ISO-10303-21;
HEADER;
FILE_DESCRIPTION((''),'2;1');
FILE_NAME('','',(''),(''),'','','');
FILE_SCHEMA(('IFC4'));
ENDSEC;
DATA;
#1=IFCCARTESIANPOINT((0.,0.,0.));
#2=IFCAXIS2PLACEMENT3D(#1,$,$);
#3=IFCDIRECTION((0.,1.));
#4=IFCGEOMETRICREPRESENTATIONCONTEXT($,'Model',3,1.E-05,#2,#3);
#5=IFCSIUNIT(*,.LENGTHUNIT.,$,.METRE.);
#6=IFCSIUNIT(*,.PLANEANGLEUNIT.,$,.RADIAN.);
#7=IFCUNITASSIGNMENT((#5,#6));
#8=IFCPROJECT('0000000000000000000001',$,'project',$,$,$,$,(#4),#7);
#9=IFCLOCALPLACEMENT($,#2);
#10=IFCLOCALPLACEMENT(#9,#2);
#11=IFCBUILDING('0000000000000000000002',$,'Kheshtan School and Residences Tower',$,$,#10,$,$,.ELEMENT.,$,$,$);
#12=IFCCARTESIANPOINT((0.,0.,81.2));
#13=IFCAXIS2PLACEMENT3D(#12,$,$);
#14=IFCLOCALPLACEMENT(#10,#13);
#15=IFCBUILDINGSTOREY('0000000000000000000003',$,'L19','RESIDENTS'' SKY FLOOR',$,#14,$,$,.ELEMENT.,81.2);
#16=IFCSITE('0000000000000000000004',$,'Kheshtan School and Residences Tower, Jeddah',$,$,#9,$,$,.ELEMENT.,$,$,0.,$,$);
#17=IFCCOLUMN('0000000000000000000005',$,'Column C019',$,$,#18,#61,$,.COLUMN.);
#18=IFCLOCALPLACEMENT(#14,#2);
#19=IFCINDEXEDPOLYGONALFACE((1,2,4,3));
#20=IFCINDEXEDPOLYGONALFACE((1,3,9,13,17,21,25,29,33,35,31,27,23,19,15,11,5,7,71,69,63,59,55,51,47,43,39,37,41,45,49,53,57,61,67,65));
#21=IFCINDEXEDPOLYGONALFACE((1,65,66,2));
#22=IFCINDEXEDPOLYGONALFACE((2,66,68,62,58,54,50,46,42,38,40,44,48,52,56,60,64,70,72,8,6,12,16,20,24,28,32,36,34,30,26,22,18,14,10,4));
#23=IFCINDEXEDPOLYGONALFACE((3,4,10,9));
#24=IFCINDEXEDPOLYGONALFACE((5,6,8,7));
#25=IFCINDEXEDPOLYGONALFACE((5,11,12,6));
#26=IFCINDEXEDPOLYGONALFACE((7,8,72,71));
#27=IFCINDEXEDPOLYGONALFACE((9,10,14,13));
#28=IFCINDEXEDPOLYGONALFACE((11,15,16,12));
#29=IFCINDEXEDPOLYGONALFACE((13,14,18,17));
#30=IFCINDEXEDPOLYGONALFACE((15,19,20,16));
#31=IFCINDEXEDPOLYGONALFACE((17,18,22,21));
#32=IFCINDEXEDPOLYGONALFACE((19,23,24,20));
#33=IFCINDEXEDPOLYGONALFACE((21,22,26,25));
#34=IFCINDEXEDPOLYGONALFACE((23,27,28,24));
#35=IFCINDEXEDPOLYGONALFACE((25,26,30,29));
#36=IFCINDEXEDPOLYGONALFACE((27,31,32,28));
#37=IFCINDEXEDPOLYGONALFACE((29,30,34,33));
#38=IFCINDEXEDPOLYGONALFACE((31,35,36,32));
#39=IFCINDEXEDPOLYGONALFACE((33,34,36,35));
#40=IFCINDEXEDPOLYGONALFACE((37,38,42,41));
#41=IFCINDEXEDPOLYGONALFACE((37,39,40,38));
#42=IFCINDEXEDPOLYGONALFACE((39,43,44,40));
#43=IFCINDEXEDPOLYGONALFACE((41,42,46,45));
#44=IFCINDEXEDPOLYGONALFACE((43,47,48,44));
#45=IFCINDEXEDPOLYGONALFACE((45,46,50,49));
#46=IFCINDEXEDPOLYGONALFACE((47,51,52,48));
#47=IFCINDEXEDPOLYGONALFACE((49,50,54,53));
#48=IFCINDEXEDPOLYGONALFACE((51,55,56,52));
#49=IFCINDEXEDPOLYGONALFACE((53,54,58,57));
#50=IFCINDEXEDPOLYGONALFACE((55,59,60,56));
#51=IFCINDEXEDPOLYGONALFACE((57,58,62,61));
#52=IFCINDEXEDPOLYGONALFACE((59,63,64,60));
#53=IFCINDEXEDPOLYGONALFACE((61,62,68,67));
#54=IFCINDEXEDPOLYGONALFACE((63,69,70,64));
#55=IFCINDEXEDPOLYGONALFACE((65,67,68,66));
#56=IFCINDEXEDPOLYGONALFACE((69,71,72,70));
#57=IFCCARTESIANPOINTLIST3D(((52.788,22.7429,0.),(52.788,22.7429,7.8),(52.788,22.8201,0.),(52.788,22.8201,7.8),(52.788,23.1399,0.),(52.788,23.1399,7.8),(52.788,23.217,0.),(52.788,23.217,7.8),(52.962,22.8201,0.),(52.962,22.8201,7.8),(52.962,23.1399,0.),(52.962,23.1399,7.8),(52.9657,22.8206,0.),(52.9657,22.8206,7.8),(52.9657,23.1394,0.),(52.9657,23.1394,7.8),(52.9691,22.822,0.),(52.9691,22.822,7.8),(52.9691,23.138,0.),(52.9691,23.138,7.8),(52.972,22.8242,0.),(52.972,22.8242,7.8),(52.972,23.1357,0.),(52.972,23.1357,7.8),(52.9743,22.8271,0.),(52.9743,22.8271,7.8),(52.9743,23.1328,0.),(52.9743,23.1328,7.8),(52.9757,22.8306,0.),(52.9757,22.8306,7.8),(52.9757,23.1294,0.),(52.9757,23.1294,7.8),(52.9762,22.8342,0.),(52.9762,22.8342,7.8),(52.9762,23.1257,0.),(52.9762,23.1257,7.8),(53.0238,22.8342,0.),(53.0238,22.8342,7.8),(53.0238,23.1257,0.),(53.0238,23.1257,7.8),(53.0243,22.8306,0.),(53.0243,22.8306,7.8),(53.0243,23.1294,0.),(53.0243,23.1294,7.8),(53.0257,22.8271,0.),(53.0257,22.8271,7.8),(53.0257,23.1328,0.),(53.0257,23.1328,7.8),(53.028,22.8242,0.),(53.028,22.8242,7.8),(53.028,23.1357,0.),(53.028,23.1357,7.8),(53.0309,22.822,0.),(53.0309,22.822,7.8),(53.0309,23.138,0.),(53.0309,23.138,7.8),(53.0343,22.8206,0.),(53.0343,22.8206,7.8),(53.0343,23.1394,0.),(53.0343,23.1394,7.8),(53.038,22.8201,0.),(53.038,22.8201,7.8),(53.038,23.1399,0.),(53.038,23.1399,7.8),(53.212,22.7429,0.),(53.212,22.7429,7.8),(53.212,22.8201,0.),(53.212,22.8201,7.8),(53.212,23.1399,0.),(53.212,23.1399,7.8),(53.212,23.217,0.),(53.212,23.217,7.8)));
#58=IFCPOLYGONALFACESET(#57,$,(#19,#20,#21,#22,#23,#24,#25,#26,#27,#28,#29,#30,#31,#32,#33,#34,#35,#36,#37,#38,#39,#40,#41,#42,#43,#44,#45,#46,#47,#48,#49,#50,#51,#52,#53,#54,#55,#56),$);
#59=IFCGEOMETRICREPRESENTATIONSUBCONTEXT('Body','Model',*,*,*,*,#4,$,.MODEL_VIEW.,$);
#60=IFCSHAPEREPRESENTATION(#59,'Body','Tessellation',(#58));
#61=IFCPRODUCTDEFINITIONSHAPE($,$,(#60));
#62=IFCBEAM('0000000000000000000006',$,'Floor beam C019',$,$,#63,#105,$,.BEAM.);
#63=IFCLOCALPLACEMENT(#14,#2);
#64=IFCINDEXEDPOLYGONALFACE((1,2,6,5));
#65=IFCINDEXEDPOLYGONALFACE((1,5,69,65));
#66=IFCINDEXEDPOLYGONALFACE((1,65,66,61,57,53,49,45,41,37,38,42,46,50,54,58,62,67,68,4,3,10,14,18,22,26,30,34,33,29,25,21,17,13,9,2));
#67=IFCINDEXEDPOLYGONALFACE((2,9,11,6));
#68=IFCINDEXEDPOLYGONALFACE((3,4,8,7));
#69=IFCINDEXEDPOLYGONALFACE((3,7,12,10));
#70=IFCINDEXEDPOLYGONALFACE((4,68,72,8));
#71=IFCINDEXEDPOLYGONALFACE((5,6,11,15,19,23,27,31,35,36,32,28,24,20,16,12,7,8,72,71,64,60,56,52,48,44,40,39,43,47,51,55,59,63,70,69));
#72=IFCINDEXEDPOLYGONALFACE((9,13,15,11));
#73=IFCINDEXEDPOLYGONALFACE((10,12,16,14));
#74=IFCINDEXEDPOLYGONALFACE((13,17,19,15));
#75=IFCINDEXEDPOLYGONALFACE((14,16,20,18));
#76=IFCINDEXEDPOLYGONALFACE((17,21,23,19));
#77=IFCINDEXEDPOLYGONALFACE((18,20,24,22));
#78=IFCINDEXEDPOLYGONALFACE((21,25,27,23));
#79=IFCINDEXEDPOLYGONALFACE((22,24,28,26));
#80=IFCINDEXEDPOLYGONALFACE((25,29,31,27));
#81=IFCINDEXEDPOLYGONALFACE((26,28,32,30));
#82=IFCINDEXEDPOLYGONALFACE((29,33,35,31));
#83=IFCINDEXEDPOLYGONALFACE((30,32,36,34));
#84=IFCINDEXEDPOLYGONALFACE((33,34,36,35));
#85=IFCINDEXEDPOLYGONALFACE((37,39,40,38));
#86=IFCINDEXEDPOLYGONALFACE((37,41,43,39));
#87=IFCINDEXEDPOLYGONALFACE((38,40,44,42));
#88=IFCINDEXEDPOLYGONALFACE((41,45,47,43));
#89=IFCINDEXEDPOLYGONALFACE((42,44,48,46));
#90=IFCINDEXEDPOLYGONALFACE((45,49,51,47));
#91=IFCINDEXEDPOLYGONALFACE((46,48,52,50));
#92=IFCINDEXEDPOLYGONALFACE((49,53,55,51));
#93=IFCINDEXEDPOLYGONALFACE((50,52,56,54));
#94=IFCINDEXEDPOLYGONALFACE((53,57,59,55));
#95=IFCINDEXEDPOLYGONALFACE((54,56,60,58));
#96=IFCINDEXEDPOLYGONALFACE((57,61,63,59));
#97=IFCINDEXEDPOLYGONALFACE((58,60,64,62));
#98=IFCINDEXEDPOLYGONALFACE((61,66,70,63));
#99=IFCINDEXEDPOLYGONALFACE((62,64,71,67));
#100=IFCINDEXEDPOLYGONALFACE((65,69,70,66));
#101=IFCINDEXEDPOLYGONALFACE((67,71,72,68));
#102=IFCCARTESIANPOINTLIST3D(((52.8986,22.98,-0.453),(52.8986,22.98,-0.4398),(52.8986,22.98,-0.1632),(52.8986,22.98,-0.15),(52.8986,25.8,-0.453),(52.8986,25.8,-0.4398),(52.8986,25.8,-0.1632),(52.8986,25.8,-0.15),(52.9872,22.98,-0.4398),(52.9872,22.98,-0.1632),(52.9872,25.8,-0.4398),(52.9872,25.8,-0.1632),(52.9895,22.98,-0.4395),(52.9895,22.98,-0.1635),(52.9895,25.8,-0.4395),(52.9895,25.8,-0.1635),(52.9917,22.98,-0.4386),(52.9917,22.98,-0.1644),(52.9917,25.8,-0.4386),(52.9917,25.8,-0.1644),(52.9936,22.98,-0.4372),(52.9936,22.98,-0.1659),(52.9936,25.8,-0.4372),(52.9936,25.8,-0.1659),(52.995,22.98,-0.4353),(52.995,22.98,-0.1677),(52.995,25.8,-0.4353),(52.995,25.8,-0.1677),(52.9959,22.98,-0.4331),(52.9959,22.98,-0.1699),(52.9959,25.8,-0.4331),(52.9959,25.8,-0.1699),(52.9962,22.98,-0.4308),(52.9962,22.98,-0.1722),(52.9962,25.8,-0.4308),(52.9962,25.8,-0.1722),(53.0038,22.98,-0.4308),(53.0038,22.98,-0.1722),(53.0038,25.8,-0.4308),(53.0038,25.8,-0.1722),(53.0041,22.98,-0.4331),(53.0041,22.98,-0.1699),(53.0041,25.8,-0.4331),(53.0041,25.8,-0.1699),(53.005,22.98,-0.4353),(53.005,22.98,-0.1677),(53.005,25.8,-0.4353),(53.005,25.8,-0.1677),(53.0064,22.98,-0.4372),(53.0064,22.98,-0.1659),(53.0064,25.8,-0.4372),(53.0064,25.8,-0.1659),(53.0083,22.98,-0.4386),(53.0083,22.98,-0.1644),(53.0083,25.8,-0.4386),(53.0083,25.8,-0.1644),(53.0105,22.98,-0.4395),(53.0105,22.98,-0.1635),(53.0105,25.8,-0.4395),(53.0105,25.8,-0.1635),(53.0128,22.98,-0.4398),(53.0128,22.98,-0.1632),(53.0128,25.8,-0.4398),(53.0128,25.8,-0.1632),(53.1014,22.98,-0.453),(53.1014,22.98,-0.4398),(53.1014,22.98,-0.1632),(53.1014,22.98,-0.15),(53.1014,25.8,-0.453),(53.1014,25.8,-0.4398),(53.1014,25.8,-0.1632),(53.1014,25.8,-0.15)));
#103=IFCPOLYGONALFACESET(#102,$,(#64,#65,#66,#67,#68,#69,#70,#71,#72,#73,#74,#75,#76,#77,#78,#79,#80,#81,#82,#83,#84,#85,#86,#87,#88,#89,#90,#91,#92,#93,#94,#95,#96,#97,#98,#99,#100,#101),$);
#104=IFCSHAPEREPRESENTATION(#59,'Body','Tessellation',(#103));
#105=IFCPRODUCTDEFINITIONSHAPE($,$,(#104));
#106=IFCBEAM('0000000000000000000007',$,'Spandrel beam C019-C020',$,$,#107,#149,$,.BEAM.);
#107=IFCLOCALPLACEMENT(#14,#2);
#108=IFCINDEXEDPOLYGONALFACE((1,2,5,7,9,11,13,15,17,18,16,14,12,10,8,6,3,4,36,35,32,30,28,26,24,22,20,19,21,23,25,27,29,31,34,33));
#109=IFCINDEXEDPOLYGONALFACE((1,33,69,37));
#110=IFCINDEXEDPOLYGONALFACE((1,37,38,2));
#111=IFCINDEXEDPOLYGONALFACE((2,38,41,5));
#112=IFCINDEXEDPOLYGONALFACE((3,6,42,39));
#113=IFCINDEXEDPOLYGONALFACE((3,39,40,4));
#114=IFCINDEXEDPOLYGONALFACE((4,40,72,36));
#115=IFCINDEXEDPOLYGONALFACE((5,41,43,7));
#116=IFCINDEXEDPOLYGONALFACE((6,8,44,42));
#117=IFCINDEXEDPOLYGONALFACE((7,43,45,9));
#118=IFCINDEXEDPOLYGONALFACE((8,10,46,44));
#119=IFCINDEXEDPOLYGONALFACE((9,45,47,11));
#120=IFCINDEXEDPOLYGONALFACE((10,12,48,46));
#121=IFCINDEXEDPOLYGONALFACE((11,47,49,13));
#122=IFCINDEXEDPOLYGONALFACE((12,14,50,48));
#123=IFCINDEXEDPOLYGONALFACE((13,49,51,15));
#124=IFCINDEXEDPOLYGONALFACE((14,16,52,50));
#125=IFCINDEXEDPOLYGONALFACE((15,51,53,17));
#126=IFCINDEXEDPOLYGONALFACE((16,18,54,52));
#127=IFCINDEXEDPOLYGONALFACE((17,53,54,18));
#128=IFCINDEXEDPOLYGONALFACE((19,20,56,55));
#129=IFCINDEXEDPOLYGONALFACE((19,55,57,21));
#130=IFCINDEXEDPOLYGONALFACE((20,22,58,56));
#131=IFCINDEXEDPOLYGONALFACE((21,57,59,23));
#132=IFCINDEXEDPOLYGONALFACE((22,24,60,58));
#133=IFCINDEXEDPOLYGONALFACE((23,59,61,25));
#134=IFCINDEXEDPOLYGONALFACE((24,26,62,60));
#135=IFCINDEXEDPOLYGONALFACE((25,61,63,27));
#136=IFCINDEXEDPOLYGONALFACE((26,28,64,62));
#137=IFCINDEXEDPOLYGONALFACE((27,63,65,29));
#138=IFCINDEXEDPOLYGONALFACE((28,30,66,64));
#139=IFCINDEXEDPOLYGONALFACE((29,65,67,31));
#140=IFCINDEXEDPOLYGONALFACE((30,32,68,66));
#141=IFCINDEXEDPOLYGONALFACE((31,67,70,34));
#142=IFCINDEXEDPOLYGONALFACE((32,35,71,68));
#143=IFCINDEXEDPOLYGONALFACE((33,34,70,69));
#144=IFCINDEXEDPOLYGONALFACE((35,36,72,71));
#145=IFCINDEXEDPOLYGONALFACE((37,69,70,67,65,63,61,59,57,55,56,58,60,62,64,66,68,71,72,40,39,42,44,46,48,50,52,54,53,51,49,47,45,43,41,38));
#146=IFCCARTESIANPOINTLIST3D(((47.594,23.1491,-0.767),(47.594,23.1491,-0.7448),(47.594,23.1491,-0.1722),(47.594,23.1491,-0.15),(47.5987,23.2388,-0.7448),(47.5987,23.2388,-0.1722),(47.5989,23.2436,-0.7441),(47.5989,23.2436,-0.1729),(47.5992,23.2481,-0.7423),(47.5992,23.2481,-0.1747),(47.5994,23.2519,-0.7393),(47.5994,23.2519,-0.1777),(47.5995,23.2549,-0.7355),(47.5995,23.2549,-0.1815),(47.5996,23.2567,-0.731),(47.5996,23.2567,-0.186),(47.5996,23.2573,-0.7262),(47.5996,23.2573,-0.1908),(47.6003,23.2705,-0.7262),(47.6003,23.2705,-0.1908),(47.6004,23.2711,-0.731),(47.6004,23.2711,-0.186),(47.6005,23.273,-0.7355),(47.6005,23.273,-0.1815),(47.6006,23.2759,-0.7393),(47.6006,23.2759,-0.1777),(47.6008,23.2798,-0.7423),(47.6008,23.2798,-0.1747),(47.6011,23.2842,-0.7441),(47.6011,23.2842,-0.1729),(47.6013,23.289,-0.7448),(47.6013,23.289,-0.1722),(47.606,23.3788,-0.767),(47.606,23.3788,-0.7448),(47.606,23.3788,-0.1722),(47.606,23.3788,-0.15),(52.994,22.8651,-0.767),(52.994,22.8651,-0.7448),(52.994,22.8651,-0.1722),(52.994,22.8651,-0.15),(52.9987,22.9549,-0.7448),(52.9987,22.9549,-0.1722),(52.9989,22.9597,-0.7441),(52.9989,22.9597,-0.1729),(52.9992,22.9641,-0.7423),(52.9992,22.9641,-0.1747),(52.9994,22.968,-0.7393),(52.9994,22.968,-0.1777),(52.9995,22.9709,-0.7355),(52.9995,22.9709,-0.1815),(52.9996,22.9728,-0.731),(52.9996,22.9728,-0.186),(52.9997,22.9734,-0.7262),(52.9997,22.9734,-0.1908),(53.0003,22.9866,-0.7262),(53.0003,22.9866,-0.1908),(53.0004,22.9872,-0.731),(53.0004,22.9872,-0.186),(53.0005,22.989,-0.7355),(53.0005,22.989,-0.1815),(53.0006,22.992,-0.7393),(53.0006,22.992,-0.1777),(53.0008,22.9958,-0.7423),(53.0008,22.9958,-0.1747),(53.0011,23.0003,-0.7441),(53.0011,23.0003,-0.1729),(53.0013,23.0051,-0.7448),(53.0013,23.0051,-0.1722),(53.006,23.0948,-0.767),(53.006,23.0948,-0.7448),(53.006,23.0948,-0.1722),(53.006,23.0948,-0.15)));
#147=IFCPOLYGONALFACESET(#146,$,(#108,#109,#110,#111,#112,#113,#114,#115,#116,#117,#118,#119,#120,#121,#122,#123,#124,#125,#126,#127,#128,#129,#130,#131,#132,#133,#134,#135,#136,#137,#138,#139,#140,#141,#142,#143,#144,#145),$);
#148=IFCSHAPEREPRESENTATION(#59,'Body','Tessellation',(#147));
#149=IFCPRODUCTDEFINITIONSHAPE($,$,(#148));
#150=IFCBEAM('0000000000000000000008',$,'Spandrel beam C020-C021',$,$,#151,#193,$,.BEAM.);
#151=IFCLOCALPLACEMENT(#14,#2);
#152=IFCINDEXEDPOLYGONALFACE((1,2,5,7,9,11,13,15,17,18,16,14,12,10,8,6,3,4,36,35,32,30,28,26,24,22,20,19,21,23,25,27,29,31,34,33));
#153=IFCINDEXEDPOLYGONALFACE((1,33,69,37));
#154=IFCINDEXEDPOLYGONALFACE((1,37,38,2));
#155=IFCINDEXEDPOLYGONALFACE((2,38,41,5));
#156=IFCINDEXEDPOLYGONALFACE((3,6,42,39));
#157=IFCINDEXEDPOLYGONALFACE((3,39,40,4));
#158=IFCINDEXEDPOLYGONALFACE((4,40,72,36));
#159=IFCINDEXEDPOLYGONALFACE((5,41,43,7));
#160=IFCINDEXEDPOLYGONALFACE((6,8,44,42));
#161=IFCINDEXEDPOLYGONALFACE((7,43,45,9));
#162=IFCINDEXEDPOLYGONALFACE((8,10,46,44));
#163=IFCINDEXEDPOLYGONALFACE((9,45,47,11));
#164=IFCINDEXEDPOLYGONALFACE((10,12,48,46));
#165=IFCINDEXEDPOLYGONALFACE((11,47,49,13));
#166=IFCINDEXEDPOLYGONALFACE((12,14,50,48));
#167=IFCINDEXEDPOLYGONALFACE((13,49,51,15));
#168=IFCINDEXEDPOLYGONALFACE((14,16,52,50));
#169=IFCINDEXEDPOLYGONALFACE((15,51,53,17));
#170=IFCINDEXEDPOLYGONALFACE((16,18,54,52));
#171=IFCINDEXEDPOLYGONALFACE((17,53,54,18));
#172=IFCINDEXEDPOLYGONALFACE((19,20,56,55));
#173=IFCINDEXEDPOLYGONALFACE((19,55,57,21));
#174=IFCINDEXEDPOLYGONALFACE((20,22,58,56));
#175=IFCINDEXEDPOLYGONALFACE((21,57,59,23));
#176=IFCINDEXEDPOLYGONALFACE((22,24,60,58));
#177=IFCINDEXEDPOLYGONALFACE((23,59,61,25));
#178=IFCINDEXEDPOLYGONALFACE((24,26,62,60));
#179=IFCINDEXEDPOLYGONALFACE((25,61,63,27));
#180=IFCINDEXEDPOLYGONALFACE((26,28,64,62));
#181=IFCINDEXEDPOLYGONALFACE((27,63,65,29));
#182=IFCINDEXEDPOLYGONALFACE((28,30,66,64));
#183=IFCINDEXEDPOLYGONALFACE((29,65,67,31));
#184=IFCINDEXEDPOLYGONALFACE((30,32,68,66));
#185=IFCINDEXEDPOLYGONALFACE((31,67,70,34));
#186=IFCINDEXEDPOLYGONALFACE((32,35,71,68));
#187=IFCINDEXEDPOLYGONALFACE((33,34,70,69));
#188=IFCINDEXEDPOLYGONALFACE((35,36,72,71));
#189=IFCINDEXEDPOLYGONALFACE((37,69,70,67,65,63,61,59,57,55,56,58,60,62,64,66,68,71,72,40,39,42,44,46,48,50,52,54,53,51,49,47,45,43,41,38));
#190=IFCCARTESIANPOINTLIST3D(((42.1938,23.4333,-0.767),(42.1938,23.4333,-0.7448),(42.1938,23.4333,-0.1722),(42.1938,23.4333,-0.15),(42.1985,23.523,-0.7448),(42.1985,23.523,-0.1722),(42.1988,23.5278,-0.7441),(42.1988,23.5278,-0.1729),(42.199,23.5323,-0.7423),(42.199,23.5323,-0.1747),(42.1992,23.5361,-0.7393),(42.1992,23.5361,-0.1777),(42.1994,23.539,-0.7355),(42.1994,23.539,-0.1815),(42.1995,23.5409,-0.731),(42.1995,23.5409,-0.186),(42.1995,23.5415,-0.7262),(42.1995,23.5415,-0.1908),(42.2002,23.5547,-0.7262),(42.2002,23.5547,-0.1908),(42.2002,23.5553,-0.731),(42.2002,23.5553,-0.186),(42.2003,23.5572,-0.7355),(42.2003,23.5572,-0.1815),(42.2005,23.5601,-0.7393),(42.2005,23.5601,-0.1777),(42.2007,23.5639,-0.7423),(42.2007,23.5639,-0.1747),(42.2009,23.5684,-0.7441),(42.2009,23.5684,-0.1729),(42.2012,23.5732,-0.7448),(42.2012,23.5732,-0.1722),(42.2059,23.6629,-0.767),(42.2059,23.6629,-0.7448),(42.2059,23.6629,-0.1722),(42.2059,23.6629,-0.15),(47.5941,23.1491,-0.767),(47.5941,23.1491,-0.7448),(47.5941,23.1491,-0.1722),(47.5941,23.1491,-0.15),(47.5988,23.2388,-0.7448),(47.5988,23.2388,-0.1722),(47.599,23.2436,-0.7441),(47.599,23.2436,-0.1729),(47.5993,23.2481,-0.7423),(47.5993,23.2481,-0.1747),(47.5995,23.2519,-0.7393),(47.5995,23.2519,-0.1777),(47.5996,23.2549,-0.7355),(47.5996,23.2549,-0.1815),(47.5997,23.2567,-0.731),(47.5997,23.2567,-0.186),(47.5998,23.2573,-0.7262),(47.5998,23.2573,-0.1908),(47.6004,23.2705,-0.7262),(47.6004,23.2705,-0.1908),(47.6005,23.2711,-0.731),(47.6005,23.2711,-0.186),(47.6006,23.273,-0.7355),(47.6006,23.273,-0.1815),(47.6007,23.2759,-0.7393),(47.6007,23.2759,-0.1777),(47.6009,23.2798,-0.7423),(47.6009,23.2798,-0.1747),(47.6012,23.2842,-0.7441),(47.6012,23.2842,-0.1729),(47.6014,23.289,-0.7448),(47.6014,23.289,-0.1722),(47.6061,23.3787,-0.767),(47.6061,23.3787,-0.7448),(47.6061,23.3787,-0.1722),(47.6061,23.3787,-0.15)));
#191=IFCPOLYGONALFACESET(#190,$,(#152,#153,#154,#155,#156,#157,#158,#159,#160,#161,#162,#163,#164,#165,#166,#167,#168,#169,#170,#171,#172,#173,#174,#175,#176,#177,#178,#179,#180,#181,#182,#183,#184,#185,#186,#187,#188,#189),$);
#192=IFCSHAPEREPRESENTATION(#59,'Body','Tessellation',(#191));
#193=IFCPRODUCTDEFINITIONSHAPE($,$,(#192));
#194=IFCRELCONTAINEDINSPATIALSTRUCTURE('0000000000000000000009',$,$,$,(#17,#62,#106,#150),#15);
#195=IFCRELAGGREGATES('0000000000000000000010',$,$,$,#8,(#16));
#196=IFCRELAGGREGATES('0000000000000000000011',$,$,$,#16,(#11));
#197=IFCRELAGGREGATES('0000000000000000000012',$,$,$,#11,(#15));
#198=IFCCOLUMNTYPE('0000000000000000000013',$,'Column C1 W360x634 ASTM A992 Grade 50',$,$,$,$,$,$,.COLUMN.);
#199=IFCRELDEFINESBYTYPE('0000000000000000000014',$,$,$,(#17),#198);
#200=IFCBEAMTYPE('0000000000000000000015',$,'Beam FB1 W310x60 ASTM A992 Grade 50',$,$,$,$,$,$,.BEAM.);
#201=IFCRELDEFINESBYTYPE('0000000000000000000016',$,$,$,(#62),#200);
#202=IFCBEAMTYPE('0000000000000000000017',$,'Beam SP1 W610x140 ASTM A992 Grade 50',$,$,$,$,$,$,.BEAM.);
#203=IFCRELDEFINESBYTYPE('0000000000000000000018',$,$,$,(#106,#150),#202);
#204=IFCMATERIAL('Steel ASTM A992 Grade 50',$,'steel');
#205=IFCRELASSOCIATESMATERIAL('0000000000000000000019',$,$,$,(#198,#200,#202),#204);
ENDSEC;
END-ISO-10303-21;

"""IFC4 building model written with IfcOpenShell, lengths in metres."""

from ifc_helpers import new_model, si_unit, direction, frame, origin, origin_2d, place, context, subcontext, project, spatial, i_section, extrude, material, material_profile, profile_set, type_object, element, save


model = new_model("IFC4")

# Units and contexts
model_context = context("Model", 3, precision=1e-05, world=origin(), true_north=direction((0.0, 1.0)))
body_context = subcontext(model_context, "Body", "Model", "MODEL_VIEW")
ifc_project = project(units=[si_unit("LENGTHUNIT", "METRE"), si_unit("PLANEANGLEUNIT", "RADIAN")], contexts=[model_context])

# Site, building, storey
site_placement = place(None, origin())
site = spatial("IfcSite", under=ifc_project, at=site_placement, Name="Kheshtan School and Residences Tower, Jeddah", CompositionType="ELEMENT", RefElevation=0.0)
building_placement = place(site_placement, origin())
building = spatial("IfcBuilding", under=site, at=building_placement, Name="Kheshtan School and Residences Tower", CompositionType="ELEMENT")
storey_placement = place(building_placement, frame((0.0, 0.0, 81.2)))
storey = spatial("IfcBuildingStorey", under=building, at=storey_placement, Name="L19", Description="RESIDENTS' SKY FLOOR", CompositionType="ELEMENT", Elevation=81.2)

# Column
ifc_material_1 = material(Name="Steel ASTM A992 Grade 50", Category="steel")
ifc_material_profile_1 = material_profile(ifc_material_1, i_section(OverallWidth=0.4241, OverallDepth=0.4741, WebThickness=0.0476, FlangeThickness=0.0771, FilletRadius=0.0142, at=origin_2d()), Name="W360x634")
ifc_profile_set_1 = profile_set([ifc_material_profile_1], Name="Steel ASTM A992 Grade 50")
column_type = type_object("IfcColumnType", Name="Column C1 W360x634 ASTM A992 Grade 50", PredefinedType="COLUMN", material=ifc_profile_set_1)
column_placement = place(storey_placement, frame((53.0, 22.98, 0.0), z_axis=(0.0, 0.0, 1.0), x_axis=(1.0, 0.0, 0.0)))
element("IfcColumn", 1, at=column_placement, inside=storey, type_object=column_type, Name="Column C019", PredefinedType="COLUMN", context=body_context, shape_type="SweptSolid", body=[
    extrude(i_section(OverallWidth=0.4241, OverallDepth=0.4741, WebThickness=0.0476, FlangeThickness=0.0771, FilletRadius=0.0142, at=origin_2d()), origin(), (0.0, 0.0, 1.0), 7.8),
])

# Beams
ifc_material_profile_2 = material_profile(ifc_material_1, i_section(OverallWidth=0.2029, OverallDepth=0.303, WebThickness=0.0076, FlangeThickness=0.0132, FilletRadius=0.009, at=origin_2d()), Name="W310x60")
ifc_profile_set_2 = profile_set([ifc_material_profile_2], Name="Steel ASTM A992 Grade 50")
beam_type_1 = type_object("IfcBeamType", Name="Beam FB1 W310x60 ASTM A992 Grade 50", PredefinedType="BEAM", material=ifc_profile_set_2)
beam_1_placement = place(storey_placement, frame((53.0, 22.98, -0.3015), z_axis=(0.0, 1.0, 0.0), x_axis=(-1.0, 0.0, 0.0)))
element("IfcBeam", 2, at=beam_1_placement, inside=storey, type_object=beam_type_1, Name="Floor beam C019", PredefinedType="BEAM", context=body_context, shape_type="SweptSolid", body=[
    extrude(i_section(OverallWidth=0.2029, OverallDepth=0.303, WebThickness=0.0076, FlangeThickness=0.0132, FilletRadius=0.009, at=origin_2d()), origin(), (0.0, 0.0, 1.0), 2.8201),
])
ifc_material_profile_3 = material_profile(ifc_material_1, i_section(OverallWidth=0.23, OverallDepth=0.6169, WebThickness=0.0132, FlangeThickness=0.0222, FilletRadius=0.0186, at=origin_2d()), Name="W610x140")
ifc_profile_set_3 = profile_set([ifc_material_profile_3], Name="Steel ASTM A992 Grade 50")
beam_type_2 = type_object("IfcBeamType", Name="Beam SP1 W610x140 ASTM A992 Grade 50", PredefinedType="BEAM", material=ifc_profile_set_3)
beam_2_placement = place(storey_placement, frame((53.0, 22.98, -0.4585), z_axis=(-0.99862, 0.052509, 0.0), x_axis=(-0.052509, -0.99862, 0.0)))
element("IfcBeam", 3, at=beam_2_placement, inside=storey, type_object=beam_type_2, Name="Spandrel beam C019-C020", PredefinedType="BEAM", context=body_context, shape_type="SweptSolid", body=[
    extrude(i_section(OverallWidth=0.23, OverallDepth=0.6169, WebThickness=0.0132, FlangeThickness=0.0222, FilletRadius=0.0186, at=origin_2d()), origin(), (0.0, 0.0, 1.0), 5.4075),
])
beam_3_placement = place(storey_placement, frame((47.6001, 23.2639, -0.4585), z_axis=(-0.998618, 0.052552, 0.0), x_axis=(-0.052552, -0.998618, 0.0)))
element("IfcBeam", 4, at=beam_3_placement, inside=storey, type_object=beam_type_2, Name="Spandrel beam C020-C021", PredefinedType="BEAM", context=body_context, shape_type="SweptSolid", body=[
    extrude(i_section(OverallWidth=0.23, OverallDepth=0.6169, WebThickness=0.0132, FlangeThickness=0.0222, FilletRadius=0.0186, at=origin_2d()), origin(), (0.0, 0.0, 1.0), 5.4077),
])

save(model, "model.ifc")
